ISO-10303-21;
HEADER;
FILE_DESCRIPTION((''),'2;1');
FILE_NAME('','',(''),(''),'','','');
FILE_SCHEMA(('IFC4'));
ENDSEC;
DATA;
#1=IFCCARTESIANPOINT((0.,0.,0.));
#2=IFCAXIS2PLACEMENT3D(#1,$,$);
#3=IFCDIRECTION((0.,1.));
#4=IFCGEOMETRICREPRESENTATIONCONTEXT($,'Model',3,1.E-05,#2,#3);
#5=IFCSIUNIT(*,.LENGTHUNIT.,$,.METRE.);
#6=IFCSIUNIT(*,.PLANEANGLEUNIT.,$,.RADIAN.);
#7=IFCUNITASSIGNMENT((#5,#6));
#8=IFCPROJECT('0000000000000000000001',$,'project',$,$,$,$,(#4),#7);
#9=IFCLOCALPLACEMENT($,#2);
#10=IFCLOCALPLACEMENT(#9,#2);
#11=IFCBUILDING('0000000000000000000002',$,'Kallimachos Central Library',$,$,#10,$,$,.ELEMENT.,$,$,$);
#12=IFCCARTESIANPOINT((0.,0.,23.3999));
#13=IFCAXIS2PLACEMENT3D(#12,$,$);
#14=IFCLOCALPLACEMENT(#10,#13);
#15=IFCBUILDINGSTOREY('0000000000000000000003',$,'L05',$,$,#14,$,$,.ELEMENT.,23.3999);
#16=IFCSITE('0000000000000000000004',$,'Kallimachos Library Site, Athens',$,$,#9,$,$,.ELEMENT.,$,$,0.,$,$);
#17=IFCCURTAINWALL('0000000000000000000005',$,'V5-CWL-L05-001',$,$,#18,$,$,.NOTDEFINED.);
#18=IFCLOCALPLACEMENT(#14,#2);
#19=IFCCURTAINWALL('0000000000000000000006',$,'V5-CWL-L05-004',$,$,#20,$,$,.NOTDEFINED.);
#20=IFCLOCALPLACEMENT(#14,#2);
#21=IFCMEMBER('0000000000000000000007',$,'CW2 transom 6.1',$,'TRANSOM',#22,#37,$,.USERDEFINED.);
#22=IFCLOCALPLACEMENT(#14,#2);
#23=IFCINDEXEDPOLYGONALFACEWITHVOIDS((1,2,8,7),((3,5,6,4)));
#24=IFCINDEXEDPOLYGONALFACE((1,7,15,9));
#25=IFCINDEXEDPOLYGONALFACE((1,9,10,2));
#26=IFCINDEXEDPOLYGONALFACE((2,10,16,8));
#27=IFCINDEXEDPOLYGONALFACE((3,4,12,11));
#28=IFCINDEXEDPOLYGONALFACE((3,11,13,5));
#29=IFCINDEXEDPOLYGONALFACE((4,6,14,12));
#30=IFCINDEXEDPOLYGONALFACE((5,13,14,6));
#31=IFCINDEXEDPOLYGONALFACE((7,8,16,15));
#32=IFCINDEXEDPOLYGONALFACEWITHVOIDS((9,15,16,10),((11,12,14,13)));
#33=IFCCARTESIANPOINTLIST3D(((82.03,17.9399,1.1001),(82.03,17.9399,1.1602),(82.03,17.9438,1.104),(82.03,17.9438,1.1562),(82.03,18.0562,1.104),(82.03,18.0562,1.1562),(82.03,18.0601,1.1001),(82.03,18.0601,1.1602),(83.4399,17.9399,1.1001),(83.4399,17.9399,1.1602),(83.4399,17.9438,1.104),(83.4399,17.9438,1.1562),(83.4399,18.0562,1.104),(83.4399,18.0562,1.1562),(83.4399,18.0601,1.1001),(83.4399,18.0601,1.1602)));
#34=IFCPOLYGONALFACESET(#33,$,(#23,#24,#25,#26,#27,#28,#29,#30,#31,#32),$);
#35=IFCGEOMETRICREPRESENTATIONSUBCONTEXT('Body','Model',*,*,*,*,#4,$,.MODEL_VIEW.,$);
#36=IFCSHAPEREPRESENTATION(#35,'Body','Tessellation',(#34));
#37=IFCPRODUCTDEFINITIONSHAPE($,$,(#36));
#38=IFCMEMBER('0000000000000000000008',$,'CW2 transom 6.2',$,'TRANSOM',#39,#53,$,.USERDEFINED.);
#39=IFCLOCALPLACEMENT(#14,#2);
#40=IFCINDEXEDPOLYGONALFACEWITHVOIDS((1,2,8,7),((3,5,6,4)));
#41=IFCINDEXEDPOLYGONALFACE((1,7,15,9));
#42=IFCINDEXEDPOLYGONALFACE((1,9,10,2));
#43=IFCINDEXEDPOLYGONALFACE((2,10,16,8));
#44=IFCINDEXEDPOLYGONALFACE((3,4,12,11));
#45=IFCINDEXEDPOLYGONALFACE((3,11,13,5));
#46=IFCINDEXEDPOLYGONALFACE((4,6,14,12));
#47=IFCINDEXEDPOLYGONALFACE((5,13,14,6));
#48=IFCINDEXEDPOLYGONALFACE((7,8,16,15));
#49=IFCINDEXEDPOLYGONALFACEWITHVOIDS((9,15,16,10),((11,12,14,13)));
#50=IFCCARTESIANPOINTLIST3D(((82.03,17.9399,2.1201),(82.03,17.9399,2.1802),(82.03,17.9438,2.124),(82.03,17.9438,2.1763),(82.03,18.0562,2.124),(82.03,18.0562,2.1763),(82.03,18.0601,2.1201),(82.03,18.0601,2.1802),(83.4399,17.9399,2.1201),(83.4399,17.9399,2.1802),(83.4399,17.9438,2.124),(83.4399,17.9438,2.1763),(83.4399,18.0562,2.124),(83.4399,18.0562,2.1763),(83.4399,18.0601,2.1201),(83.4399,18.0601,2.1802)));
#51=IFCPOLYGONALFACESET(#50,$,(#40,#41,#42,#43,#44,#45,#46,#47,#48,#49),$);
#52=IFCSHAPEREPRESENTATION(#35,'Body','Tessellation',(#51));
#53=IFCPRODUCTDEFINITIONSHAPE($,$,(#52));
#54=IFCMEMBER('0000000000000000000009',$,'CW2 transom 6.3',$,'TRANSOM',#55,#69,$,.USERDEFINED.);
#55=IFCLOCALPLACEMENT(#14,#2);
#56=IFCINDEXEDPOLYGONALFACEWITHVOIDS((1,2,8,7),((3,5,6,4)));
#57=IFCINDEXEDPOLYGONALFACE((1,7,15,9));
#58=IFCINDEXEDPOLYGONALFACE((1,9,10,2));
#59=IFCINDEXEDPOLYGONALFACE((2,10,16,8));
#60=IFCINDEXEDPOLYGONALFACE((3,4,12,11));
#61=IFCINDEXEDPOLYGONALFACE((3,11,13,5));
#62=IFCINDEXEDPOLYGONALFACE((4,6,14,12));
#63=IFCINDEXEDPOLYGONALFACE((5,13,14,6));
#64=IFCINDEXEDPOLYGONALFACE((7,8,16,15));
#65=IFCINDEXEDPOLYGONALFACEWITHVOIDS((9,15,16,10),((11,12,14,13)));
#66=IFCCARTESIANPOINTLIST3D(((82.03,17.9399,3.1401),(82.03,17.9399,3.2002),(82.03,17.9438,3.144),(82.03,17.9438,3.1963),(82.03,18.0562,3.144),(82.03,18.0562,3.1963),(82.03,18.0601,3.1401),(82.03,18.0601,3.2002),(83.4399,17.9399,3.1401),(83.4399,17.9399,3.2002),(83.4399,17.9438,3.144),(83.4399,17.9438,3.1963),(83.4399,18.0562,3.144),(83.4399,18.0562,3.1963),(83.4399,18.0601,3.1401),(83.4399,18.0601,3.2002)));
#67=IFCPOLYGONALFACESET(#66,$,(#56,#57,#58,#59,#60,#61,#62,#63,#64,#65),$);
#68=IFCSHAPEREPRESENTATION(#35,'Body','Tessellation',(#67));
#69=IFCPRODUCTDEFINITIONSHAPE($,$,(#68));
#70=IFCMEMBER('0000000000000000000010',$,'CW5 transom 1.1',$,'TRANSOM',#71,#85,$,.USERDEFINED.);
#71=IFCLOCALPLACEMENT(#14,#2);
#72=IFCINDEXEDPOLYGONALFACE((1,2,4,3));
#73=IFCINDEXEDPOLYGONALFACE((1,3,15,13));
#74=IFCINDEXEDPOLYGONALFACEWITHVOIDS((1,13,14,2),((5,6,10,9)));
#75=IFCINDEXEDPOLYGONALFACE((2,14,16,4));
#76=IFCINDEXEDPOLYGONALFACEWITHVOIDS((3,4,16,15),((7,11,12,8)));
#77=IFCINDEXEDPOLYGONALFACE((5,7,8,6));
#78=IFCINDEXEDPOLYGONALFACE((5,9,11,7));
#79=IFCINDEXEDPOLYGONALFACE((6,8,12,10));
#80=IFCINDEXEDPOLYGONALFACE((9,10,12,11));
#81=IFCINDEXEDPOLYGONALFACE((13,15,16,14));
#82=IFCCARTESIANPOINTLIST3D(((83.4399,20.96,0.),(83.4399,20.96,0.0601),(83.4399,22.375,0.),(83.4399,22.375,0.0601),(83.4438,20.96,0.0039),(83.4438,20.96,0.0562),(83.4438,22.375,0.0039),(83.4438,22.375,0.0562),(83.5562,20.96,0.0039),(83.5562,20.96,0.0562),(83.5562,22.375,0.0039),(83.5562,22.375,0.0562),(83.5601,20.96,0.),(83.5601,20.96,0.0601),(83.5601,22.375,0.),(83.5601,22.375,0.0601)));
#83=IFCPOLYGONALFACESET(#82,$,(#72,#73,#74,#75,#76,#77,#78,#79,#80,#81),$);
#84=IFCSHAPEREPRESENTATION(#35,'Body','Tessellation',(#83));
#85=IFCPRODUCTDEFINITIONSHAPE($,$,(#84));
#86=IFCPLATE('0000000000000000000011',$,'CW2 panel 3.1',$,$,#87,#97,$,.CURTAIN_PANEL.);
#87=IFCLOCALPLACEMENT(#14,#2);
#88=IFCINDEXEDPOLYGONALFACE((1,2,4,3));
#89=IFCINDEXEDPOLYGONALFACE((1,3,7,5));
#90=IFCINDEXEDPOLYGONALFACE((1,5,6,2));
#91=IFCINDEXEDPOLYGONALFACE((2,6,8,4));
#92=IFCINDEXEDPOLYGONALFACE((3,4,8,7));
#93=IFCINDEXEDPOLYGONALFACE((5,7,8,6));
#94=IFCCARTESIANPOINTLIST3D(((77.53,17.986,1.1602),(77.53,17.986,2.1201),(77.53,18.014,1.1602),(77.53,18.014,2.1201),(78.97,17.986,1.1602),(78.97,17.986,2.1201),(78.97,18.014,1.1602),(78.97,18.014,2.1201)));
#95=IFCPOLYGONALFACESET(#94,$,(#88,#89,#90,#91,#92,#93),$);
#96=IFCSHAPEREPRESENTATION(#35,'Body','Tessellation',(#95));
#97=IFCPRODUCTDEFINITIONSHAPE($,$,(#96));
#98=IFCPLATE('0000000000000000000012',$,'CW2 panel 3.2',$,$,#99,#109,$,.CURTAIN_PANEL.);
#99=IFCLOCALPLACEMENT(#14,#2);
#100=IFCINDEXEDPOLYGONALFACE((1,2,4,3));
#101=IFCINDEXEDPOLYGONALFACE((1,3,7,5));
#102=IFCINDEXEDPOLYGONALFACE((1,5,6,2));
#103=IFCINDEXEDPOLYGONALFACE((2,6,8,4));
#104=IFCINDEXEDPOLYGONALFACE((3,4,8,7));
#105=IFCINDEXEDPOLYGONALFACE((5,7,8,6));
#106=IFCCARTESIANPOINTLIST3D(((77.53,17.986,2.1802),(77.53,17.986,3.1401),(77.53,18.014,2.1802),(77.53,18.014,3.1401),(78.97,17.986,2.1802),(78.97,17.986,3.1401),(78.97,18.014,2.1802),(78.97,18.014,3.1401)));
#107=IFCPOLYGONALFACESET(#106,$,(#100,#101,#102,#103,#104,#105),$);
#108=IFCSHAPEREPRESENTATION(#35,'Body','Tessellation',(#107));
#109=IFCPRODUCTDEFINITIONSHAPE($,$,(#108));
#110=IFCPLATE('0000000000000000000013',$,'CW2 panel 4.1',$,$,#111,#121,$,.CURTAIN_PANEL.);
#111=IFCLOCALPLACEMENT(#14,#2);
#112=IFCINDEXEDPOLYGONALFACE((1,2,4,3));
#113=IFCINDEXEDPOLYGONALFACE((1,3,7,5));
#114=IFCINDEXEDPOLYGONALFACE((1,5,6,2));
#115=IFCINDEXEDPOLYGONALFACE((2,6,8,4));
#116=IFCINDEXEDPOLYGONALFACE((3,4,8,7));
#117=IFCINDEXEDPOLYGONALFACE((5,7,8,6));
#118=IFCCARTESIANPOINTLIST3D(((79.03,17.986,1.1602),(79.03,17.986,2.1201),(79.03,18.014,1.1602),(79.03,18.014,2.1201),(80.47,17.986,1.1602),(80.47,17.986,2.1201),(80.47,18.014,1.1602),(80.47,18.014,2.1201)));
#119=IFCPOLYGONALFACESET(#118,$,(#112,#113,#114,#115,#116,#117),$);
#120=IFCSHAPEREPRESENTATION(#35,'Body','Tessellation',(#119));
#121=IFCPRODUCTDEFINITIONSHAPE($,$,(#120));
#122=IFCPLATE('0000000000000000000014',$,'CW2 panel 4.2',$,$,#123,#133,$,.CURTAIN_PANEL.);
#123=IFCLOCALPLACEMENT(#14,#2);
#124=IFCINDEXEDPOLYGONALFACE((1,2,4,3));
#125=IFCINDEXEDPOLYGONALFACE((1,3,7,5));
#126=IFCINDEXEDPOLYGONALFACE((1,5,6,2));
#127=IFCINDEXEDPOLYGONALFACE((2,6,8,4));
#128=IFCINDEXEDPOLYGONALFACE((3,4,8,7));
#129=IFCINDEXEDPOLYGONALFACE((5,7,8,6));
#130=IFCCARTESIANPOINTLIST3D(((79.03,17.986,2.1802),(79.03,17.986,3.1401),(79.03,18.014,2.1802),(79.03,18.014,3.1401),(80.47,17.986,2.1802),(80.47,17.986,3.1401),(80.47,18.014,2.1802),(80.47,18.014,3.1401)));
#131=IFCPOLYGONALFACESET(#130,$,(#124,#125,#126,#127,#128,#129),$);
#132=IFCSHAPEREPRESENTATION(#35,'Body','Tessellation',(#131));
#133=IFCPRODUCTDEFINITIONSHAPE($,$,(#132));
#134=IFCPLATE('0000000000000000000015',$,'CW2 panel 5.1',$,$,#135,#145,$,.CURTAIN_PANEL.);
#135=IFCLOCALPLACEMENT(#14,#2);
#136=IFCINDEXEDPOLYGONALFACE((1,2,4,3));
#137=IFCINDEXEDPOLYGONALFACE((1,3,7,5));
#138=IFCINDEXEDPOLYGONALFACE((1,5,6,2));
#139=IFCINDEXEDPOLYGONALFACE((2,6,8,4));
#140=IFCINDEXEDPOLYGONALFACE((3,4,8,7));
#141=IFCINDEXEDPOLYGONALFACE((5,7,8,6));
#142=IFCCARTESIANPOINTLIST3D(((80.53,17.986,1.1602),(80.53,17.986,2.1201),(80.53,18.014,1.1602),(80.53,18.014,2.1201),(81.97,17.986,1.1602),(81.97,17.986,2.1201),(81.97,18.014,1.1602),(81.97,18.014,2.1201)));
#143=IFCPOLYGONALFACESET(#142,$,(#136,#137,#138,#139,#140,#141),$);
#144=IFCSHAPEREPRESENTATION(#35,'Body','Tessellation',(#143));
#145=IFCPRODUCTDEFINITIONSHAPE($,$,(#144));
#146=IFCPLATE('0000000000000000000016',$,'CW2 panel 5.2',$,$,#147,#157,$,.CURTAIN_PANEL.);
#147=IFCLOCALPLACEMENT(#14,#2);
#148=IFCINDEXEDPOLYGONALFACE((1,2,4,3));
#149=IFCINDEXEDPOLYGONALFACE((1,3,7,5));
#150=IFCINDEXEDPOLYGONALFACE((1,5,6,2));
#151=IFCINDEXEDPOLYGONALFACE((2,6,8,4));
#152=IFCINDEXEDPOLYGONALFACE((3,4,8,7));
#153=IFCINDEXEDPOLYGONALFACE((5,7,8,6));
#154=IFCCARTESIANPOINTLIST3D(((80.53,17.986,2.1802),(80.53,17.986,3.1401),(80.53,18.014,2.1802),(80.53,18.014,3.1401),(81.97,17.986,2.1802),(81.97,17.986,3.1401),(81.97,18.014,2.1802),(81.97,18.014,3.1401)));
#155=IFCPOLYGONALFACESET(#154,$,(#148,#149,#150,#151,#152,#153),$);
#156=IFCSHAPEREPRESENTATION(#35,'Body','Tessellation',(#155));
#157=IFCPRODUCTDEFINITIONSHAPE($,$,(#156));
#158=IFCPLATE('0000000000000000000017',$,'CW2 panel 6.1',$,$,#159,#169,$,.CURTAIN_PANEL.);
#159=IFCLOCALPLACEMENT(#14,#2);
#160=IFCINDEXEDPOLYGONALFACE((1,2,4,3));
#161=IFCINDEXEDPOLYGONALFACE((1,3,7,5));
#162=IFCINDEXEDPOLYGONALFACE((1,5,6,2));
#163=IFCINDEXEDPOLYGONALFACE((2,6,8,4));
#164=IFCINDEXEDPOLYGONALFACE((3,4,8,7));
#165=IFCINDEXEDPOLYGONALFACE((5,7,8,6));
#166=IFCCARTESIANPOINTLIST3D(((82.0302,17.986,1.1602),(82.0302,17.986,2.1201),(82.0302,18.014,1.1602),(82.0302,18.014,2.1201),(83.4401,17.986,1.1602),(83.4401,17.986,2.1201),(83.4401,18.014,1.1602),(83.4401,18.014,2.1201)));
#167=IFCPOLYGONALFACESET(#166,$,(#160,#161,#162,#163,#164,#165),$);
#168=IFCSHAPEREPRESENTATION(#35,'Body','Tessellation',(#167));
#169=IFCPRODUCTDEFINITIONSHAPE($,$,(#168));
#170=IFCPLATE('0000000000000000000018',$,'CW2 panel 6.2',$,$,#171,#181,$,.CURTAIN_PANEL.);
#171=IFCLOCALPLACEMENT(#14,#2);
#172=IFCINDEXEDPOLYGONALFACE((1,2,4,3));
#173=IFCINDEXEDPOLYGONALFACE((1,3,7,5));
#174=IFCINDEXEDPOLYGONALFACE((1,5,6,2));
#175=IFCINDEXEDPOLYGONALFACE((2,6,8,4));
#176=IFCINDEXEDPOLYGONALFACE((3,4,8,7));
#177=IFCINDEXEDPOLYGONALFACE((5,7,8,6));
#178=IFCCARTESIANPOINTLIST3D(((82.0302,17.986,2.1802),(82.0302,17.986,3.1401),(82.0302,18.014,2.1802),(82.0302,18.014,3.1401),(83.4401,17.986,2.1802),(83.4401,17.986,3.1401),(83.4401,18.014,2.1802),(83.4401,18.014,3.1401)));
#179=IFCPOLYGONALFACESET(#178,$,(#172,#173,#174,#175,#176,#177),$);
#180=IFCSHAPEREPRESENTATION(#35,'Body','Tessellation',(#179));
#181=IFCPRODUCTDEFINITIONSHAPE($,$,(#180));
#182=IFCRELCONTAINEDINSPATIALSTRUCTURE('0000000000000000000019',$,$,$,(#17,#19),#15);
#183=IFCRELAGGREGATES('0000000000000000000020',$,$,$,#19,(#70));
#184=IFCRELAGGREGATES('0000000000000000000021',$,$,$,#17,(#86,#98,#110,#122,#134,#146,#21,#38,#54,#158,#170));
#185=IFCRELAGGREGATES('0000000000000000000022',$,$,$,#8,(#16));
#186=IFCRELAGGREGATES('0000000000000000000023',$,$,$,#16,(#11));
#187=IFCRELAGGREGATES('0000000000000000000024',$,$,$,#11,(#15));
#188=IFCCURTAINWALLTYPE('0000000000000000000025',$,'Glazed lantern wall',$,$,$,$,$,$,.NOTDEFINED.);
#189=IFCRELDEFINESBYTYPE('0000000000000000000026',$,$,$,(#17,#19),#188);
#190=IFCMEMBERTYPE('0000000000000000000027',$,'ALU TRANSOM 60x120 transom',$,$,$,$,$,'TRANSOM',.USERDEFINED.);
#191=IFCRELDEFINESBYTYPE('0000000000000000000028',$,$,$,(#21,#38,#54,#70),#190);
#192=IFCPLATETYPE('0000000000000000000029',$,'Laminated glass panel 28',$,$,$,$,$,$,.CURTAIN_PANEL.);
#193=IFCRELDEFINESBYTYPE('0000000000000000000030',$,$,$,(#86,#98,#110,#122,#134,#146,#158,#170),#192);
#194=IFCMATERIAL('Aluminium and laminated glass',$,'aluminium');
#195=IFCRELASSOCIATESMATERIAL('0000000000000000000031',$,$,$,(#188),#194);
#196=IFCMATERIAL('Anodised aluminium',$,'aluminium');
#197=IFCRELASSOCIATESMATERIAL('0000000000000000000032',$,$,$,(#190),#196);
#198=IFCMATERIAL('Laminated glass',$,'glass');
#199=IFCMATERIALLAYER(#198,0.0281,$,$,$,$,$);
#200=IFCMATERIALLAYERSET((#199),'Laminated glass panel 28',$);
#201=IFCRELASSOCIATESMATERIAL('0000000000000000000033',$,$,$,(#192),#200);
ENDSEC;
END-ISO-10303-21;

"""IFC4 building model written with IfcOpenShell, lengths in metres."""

from ifc_helpers import new_model, si_unit, direction, frame, origin, origin_2d, place, context, subcontext, project, spatial, rectangle, hollow_rectangle, extrude, material, layer, layer_set, material_profile, profile_set, type_object, element, aggregate, save


model = new_model("IFC4")

# Units and contexts
model_context = context("Model", 3, precision=1e-05, world=origin(), true_north=direction((0.0, 1.0)))
body_context = subcontext(model_context, "Body", "Model", "MODEL_VIEW")
ifc_project = project(units=[si_unit("LENGTHUNIT", "METRE"), si_unit("PLANEANGLEUNIT", "RADIAN")], contexts=[model_context])

# Site, building, storey
site_placement = place(None, origin())
site = spatial("IfcSite", under=ifc_project, at=site_placement, Name="Kallimachos Library Site, Athens", CompositionType="ELEMENT", RefElevation=0.0)
building_placement = place(site_placement, origin())
building = spatial("IfcBuilding", under=site, at=building_placement, Name="Kallimachos Central Library", CompositionType="ELEMENT")
storey_placement = place(building_placement, frame((0.0, 0.0, 23.3999)))
storey = spatial("IfcBuildingStorey", under=building, at=storey_placement, Name="L05", CompositionType="ELEMENT", Elevation=23.3999)

# Curtain wall
ifc_material_1 = material(Name="Aluminium and laminated glass", Category="aluminium")
curtain_wall_type = type_object("IfcCurtainWallType", Name="Glazed lantern wall", PredefinedType="NOTDEFINED", material=ifc_material_1)
curtain_wall_1_placement = place(storey_placement, origin())
curtain_wall_1 = element("IfcCurtainWall", 1, at=curtain_wall_1_placement, inside=storey, type_object=curtain_wall_type, Name="V5-CWL-L05-001", PredefinedType="NOTDEFINED")

# Curtain wall
curtain_wall_2_placement = place(storey_placement, origin())
curtain_wall_2 = element("IfcCurtainWall", 2, at=curtain_wall_2_placement, inside=storey, type_object=curtain_wall_type, Name="V5-CWL-L05-004", PredefinedType="NOTDEFINED")

# Members
ifc_material_2 = material(Name="Anodised aluminium", Category="aluminium")
ifc_material_profile_1 = material_profile(ifc_material_2, hollow_rectangle(XDim=0.0601, YDim=0.1201, WallThickness=0.0039, at=origin_2d()), Name="ALU TRANSOM 60x120")
ifc_profile_set_1 = profile_set([ifc_material_profile_1], Name="Anodised aluminium")
member_type_1 = type_object("IfcMemberType", Name="ALU TRANSOM 60x120 transom", ElementType="TRANSOM", PredefinedType="USERDEFINED", material=ifc_profile_set_1)
member_1_placement = place(storey_placement, frame((82.03, 18.0, 1.1301), z_axis=(1.0, 0.0, 0.0), x_axis=(0.0, 0.0, 1.0)))
member_1 = element("IfcMember", 3, at=member_1_placement, type_object=member_type_1, Name="CW2 transom 6.1", ObjectType="TRANSOM", PredefinedType="USERDEFINED", context=body_context, shape_type="SweptSolid", body=[
    extrude(hollow_rectangle(XDim=0.0601, YDim=0.1201, WallThickness=0.0039, at=origin_2d()), origin(), (0.0, 0.0, 1.0), 1.4099),
])
member_2_placement = place(storey_placement, frame((82.03, 18.0, 2.1501), z_axis=(1.0, 0.0, 0.0), x_axis=(0.0, 0.0, 1.0)))
member_2 = element("IfcMember", 4, at=member_2_placement, type_object=member_type_1, Name="CW2 transom 6.2", ObjectType="TRANSOM", PredefinedType="USERDEFINED", context=body_context, shape_type="SweptSolid", body=[
    extrude(hollow_rectangle(XDim=0.0601, YDim=0.1201, WallThickness=0.0039, at=origin_2d()), origin(), (0.0, 0.0, 1.0), 1.4099),
])
member_3_placement = place(storey_placement, frame((82.03, 18.0, 3.1702), z_axis=(1.0, 0.0, 0.0), x_axis=(0.0, 0.0, 1.0)))
member_3 = element("IfcMember", 5, at=member_3_placement, type_object=member_type_1, Name="CW2 transom 6.3", ObjectType="TRANSOM", PredefinedType="USERDEFINED", context=body_context, shape_type="SweptSolid", body=[
    extrude(hollow_rectangle(XDim=0.0601, YDim=0.1201, WallThickness=0.0039, at=origin_2d()), origin(), (0.0, 0.0, 1.0), 1.4099),
])
member_4_placement = place(storey_placement, frame((83.5, 20.96, 0.03), z_axis=(0.0, 1.0, 0.0), x_axis=(0.0, 0.0, 1.0)))
member_4 = element("IfcMember", 6, at=member_4_placement, type_object=member_type_1, Name="CW5 transom 1.1", ObjectType="TRANSOM", PredefinedType="USERDEFINED", context=body_context, shape_type="SweptSolid", body=[
    extrude(hollow_rectangle(XDim=0.0601, YDim=0.1201, WallThickness=0.0039, at=origin_2d()), origin(), (0.0, 0.0, 1.0), 1.415),
])
aggregate(curtain_wall_2, [member_4])

# Plates
ifc_material_3 = material(Name="Laminated glass", Category="glass")
ifc_layer_1 = layer(ifc_material_3, 0.0281)
ifc_layer_set_1 = layer_set([ifc_layer_1], Name="Laminated glass panel 28")
plate_type = type_object("IfcPlateType", Name="Laminated glass panel 28", PredefinedType="CURTAIN_PANEL", material=ifc_layer_set_1)
plate_1_placement = place(storey_placement, frame((78.25, 18.0, 1.1602), z_axis=(0.0, 0.0, 1.0), x_axis=(1.0, 0.0, 0.0)))
plate_1 = element("IfcPlate", 7, at=plate_1_placement, type_object=plate_type, Name="CW2 panel 3.1", PredefinedType="CURTAIN_PANEL", context=body_context, shape_type="SweptSolid", body=[
    extrude(rectangle(XDim=1.4399, YDim=0.0281, at=origin_2d()), origin(), (0.0, 0.0, 1.0), 0.96),
])
plate_2_placement = place(storey_placement, frame((78.25, 18.0, 2.1802), z_axis=(0.0, 0.0, 1.0), x_axis=(1.0, 0.0, 0.0)))
plate_2 = element("IfcPlate", 8, at=plate_2_placement, type_object=plate_type, Name="CW2 panel 3.2", PredefinedType="CURTAIN_PANEL", context=body_context, shape_type="SweptSolid", body=[
    extrude(rectangle(XDim=1.4399, YDim=0.0281, at=origin_2d()), origin(), (0.0, 0.0, 1.0), 0.96),
])
plate_3_placement = place(storey_placement, frame((79.75, 18.0, 1.1602), z_axis=(0.0, 0.0, 1.0), x_axis=(1.0, 0.0, 0.0)))
plate_3 = element("IfcPlate", 9, at=plate_3_placement, type_object=plate_type, Name="CW2 panel 4.1", PredefinedType="CURTAIN_PANEL", context=body_context, shape_type="SweptSolid", body=[
    extrude(rectangle(XDim=1.4399, YDim=0.0281, at=origin_2d()), origin(), (0.0, 0.0, 1.0), 0.96),
])
plate_4_placement = place(storey_placement, frame((79.75, 18.0, 2.1802), z_axis=(0.0, 0.0, 1.0), x_axis=(1.0, 0.0, 0.0)))
plate_4 = element("IfcPlate", 10, at=plate_4_placement, type_object=plate_type, Name="CW2 panel 4.2", PredefinedType="CURTAIN_PANEL", context=body_context, shape_type="SweptSolid", body=[
    extrude(rectangle(XDim=1.4399, YDim=0.0281, at=origin_2d()), origin(), (0.0, 0.0, 1.0), 0.96),
])
plate_5_placement = place(storey_placement, frame((81.25, 18.0, 1.1602), z_axis=(0.0, 0.0, 1.0), x_axis=(1.0, 0.0, 0.0)))
plate_5 = element("IfcPlate", 11, at=plate_5_placement, type_object=plate_type, Name="CW2 panel 5.1", PredefinedType="CURTAIN_PANEL", context=body_context, shape_type="SweptSolid", body=[
    extrude(rectangle(XDim=1.4399, YDim=0.0281, at=origin_2d()), origin(), (0.0, 0.0, 1.0), 0.96),
])
plate_6_placement = place(storey_placement, frame((81.25, 18.0, 2.1802), z_axis=(0.0, 0.0, 1.0), x_axis=(1.0, 0.0, 0.0)))
plate_6 = element("IfcPlate", 12, at=plate_6_placement, type_object=plate_type, Name="CW2 panel 5.2", PredefinedType="CURTAIN_PANEL", context=body_context, shape_type="SweptSolid", body=[
    extrude(rectangle(XDim=1.4399, YDim=0.0281, at=origin_2d()), origin(), (0.0, 0.0, 1.0), 0.96),
])
plate_7_placement = place(storey_placement, frame((82.7351, 18.0, 1.1602), z_axis=(0.0, 0.0, 1.0), x_axis=(1.0, 0.0, 0.0)))
plate_7 = element("IfcPlate", 13, at=plate_7_placement, type_object=plate_type, Name="CW2 panel 6.1", PredefinedType="CURTAIN_PANEL", context=body_context, shape_type="SweptSolid", body=[
    extrude(rectangle(XDim=1.4099, YDim=0.0281, at=origin_2d()), origin(), (0.0, 0.0, 1.0), 0.96),
])
plate_8_placement = place(storey_placement, frame((82.7351, 18.0, 2.1802), z_axis=(0.0, 0.0, 1.0), x_axis=(1.0, 0.0, 0.0)))
plate_8 = element("IfcPlate", 14, at=plate_8_placement, type_object=plate_type, Name="CW2 panel 6.2", PredefinedType="CURTAIN_PANEL", context=body_context, shape_type="SweptSolid", body=[
    extrude(rectangle(XDim=1.4099, YDim=0.0281, at=origin_2d()), origin(), (0.0, 0.0, 1.0), 0.96),
])
aggregate(curtain_wall_1, [plate_1, plate_2, plate_3, plate_4, plate_5, plate_6, member_1, member_2, member_3, plate_7, plate_8])

save(model, "model.ifc")
